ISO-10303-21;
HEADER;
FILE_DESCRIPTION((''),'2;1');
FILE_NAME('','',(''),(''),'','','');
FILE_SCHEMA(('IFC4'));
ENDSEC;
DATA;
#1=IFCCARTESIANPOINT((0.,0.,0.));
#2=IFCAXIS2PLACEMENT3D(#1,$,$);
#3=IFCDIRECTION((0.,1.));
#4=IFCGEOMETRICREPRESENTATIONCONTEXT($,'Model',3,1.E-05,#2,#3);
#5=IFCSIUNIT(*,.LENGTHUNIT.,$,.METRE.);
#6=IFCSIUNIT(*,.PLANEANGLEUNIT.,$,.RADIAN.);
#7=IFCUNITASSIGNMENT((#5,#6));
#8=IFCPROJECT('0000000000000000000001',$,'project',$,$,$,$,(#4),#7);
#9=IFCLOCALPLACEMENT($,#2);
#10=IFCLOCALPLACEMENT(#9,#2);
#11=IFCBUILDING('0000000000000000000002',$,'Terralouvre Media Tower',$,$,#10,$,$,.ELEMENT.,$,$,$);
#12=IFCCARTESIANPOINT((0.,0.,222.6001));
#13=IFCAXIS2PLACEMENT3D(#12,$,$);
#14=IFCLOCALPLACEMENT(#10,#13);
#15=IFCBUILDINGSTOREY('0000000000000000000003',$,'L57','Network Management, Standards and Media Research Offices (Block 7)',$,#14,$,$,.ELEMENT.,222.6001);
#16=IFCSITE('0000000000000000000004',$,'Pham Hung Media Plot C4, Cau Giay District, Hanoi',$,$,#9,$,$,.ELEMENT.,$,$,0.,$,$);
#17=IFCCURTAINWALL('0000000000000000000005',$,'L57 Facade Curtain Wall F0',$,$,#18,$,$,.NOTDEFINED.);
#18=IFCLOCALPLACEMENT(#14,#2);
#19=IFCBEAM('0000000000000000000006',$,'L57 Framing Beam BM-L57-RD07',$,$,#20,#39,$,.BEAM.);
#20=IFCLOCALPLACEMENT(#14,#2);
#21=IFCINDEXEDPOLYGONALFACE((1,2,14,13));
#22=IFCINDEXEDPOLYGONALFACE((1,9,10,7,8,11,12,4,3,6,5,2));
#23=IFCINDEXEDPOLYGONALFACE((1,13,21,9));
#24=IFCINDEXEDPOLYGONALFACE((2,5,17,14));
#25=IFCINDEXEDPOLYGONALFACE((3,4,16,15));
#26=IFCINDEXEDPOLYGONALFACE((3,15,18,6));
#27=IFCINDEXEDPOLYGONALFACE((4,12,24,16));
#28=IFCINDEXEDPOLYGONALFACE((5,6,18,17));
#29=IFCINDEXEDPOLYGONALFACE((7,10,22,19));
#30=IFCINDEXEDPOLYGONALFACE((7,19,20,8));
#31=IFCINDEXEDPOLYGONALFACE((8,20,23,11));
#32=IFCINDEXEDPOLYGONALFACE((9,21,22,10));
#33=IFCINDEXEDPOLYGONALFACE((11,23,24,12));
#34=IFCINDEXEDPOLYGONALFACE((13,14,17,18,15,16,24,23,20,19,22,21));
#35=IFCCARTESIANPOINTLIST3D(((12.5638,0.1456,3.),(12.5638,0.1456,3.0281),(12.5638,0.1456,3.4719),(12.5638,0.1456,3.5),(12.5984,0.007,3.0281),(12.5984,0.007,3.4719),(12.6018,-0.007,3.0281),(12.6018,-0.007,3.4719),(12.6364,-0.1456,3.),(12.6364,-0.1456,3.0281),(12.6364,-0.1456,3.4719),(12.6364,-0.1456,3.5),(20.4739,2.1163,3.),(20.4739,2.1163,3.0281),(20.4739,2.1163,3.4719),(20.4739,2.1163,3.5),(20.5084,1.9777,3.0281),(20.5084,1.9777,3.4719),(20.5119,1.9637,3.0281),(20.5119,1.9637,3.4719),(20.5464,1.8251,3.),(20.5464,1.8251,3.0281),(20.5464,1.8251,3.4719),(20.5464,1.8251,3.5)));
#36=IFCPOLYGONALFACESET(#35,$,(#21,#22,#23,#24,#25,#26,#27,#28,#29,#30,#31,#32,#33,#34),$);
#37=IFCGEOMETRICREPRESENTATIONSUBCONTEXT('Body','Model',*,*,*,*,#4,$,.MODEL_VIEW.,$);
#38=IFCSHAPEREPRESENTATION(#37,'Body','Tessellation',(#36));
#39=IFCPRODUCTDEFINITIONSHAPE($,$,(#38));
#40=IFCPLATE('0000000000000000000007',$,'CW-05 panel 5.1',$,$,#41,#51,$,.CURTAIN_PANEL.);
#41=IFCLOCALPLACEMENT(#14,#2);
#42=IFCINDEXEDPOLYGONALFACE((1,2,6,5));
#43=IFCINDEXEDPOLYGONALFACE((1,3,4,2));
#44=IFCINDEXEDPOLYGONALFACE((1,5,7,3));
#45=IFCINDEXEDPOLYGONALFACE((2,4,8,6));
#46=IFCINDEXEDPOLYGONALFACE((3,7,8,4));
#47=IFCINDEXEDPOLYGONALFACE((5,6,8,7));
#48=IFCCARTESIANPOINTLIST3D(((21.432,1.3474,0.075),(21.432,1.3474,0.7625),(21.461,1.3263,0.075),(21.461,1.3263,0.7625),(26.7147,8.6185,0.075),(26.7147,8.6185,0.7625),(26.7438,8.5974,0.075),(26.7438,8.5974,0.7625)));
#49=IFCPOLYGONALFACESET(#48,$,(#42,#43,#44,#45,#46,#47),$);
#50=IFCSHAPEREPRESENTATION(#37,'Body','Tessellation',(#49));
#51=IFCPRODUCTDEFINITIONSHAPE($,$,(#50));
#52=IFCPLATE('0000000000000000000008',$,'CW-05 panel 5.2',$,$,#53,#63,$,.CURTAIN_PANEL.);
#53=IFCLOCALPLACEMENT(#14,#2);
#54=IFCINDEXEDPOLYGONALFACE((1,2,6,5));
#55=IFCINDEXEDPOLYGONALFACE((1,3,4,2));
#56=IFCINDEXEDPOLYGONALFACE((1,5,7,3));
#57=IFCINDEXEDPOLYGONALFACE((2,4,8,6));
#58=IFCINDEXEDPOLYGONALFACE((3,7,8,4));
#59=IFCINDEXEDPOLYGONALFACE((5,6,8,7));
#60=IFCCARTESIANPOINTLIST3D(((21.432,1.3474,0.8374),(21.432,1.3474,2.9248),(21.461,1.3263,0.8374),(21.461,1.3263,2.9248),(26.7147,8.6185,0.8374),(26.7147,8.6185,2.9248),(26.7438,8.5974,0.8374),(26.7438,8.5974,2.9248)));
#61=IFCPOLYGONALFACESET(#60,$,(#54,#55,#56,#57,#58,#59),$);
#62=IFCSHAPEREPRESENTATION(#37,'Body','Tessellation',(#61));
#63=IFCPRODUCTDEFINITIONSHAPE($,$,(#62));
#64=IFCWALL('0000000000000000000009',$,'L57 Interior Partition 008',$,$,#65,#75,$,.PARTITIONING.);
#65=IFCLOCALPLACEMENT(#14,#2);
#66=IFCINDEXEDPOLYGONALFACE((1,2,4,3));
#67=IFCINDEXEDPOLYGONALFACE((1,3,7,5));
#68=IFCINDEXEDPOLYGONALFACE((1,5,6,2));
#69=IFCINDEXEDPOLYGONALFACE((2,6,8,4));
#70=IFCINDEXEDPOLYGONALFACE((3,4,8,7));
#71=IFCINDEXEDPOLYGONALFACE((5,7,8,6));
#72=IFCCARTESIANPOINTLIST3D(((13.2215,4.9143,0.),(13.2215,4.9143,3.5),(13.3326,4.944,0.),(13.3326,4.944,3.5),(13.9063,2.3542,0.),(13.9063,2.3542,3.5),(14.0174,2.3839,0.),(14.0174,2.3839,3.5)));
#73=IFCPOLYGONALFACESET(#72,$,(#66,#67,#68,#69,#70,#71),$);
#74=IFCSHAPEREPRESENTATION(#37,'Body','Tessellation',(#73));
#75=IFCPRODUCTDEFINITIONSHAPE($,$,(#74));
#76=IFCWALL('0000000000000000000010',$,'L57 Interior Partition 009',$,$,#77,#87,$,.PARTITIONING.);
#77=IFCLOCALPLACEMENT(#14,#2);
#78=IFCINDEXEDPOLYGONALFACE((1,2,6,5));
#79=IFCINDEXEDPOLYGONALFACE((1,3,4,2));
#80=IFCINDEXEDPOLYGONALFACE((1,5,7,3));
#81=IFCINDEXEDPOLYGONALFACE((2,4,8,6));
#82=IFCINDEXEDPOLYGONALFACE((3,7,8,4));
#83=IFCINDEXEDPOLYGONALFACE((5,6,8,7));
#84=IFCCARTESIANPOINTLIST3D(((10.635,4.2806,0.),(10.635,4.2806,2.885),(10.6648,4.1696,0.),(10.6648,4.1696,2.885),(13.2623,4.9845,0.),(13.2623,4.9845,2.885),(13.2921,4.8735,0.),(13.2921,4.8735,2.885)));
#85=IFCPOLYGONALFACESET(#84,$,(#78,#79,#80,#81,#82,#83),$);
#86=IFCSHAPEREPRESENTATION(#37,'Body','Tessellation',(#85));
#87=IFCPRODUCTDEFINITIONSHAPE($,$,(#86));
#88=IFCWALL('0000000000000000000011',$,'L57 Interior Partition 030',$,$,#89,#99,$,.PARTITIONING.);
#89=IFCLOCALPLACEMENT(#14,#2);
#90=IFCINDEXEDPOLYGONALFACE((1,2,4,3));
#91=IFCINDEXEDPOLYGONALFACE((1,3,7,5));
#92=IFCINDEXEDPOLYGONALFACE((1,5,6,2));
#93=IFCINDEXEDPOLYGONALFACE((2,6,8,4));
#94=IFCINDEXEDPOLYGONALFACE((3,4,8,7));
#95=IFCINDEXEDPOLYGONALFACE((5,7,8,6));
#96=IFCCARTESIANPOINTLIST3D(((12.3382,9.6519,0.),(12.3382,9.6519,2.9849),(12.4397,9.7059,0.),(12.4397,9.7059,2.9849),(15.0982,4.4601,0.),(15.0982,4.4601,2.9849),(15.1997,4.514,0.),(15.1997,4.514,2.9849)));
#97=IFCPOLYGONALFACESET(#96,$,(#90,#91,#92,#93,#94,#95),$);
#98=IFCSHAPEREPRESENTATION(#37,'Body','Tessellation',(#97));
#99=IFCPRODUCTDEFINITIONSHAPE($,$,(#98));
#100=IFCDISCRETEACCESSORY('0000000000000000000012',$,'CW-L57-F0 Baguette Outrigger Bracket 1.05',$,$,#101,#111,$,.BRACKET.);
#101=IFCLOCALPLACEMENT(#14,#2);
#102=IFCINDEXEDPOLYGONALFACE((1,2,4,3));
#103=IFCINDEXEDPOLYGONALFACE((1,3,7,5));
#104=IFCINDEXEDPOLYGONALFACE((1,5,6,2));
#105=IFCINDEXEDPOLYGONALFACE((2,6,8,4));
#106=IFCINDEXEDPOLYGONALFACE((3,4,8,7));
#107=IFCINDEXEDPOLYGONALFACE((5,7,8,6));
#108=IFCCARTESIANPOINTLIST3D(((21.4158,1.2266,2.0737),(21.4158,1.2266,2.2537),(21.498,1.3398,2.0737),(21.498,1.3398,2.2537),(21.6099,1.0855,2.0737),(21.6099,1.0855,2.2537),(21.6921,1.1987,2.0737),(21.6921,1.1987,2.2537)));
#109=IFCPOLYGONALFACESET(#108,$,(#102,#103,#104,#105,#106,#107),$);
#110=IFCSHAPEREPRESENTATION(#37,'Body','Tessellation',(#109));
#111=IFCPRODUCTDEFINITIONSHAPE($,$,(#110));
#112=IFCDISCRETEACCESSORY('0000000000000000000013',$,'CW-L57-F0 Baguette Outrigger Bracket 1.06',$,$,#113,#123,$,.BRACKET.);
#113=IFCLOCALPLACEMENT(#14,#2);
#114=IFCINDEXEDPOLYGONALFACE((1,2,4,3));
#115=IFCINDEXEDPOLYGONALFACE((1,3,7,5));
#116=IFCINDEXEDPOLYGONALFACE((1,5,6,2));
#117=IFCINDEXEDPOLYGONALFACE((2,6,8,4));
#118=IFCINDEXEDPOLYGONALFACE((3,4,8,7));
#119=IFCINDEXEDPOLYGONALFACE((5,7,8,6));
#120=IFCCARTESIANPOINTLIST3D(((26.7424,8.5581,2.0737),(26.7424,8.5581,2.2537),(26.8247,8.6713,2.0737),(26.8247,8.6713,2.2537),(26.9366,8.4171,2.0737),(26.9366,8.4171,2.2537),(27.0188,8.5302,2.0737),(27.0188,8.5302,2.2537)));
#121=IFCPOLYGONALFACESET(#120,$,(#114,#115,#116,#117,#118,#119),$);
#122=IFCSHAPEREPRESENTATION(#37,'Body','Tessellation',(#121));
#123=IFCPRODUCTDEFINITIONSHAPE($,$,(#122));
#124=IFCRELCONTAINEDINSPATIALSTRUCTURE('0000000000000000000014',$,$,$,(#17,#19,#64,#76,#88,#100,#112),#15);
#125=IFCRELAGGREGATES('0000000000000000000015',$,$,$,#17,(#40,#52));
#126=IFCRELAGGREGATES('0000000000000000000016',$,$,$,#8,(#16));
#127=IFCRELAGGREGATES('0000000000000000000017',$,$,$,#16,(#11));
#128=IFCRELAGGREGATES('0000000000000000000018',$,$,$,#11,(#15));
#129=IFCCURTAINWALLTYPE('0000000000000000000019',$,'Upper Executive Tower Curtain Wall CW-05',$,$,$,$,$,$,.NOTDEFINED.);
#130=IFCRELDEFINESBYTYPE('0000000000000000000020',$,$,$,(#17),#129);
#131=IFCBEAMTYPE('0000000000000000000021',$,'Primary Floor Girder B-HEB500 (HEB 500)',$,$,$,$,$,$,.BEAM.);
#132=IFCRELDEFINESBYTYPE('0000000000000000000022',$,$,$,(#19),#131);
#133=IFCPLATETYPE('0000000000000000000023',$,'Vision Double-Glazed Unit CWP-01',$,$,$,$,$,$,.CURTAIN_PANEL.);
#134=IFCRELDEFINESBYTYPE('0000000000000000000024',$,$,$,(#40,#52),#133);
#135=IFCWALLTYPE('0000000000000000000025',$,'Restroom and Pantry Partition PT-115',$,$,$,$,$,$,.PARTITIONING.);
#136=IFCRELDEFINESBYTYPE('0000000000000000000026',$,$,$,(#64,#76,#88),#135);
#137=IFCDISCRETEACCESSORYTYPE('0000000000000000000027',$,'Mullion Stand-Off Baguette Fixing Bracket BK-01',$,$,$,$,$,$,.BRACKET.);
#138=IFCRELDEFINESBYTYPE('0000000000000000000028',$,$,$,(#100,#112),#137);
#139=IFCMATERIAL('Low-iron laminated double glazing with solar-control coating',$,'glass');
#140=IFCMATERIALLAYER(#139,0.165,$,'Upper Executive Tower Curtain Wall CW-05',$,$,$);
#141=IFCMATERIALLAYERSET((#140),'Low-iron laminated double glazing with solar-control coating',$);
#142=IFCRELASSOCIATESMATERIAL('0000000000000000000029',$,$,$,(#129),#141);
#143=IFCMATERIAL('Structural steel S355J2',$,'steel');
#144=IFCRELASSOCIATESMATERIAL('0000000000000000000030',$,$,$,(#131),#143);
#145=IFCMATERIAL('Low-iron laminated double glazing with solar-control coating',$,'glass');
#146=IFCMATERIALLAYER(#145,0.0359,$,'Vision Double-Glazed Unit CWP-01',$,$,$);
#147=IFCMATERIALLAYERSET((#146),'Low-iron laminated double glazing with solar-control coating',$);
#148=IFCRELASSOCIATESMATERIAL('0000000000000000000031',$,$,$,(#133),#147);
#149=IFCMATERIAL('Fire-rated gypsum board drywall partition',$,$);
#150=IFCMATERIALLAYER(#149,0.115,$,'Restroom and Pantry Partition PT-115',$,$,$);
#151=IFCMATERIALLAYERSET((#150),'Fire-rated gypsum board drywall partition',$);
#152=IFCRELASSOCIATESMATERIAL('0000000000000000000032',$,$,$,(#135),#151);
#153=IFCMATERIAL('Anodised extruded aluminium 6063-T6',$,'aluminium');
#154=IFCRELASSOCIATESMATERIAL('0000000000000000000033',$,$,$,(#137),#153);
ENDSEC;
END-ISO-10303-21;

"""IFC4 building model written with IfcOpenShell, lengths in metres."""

from ifc_helpers import new_model, si_unit, direction, frame, frame_2d, origin, origin_2d, place, context, subcontext, project, spatial, rectangle, i_section, extrude, material, layer, layer_set, material_profile, profile_set, type_object, element, aggregate, save


model = new_model("IFC4")

# Units and contexts
model_context = context("Model", 3, precision=1e-05, world=origin(), true_north=direction((0.0, 1.0)))
body_context = subcontext(model_context, "Body", "Model", "MODEL_VIEW")
ifc_project = project(units=[si_unit("LENGTHUNIT", "METRE"), si_unit("PLANEANGLEUNIT", "RADIAN")], contexts=[model_context])

# Site, building, storey
site_placement = place(None, origin())
site = spatial("IfcSite", under=ifc_project, at=site_placement, Name="Pham Hung Media Plot C4, Cau Giay District, Hanoi", CompositionType="ELEMENT", RefElevation=0.0)
building_placement = place(site_placement, origin())
building = spatial("IfcBuilding", under=site, at=building_placement, Name="Terralouvre Media Tower", CompositionType="ELEMENT")
storey_placement = place(building_placement, frame((0.0, 0.0, 222.6001)))
storey = spatial("IfcBuildingStorey", under=building, at=storey_placement, Name="L57", Description="Network Management, Standards and Media Research Offices (Block 7)", CompositionType="ELEMENT", Elevation=222.6001)

# Curtain wall
ifc_material_1 = material(Name="Low-iron laminated double glazing with solar-control coating", Category="glass")
ifc_layer_1 = layer(ifc_material_1, 0.165, Name="Upper Executive Tower Curtain Wall CW-05")
ifc_layer_set_1 = layer_set([ifc_layer_1], Name="Low-iron laminated double glazing with solar-control coating")
curtain_wall_type_1 = type_object("IfcCurtainWallType", Name="Upper Executive Tower Curtain Wall CW-05", PredefinedType="NOTDEFINED", material=ifc_layer_set_1)
curtain_wall_1_placement = place(storey_placement, origin())
curtain_wall_1 = element("IfcCurtainWall", 1, at=curtain_wall_1_placement, inside=storey, type_object=curtain_wall_type_1, Name="L57 Facade Curtain Wall F0", PredefinedType="NOTDEFINED")

# Beam
ifc_material_2 = material(Name="Structural steel S355J2", Category="steel")
ifc_material_profile_1 = material_profile(ifc_material_2, i_section(OverallWidth=0.3, OverallDepth=0.5, WebThickness=0.0144, FlangeThickness=0.0281, at=origin_2d()), Name="HEB 500")
ifc_profile_set_1 = profile_set([ifc_material_profile_1], Name="Structural steel S355J2")
beam_type_1 = type_object("IfcBeamType", Name="Primary Floor Girder B-HEB500 (HEB 500)", PredefinedType="BEAM", material=ifc_profile_set_1)
beam_1_placement = place(storey_placement, frame((12.6001, 0.0, 3.25), z_axis=(0.970339, 0.241746, 0.0), x_axis=(-0.241746, 0.970339, 0.0)))
element("IfcBeam", 2, at=beam_1_placement, inside=storey, type_object=beam_type_1, Name="L57 Framing Beam BM-L57-RD07", PredefinedType="BEAM", context=body_context, shape_type="SweptSolid", body=[
    extrude(i_section(OverallWidth=0.3, OverallDepth=0.5, WebThickness=0.0144, FlangeThickness=0.0281, at=origin_2d()), origin(), (0.0, 0.0, 1.0), 8.1519),
])

# Plates
ifc_material_3 = material(Name="Low-iron laminated double glazing with solar-control coating", Category="glass")
ifc_layer_2 = layer(ifc_material_3, 0.0359, Name="Vision Double-Glazed Unit CWP-01")
ifc_layer_set_2 = layer_set([ifc_layer_2], Name="Low-iron laminated double glazing with solar-control coating")
plate_type = type_object("IfcPlateType", Name="Vision Double-Glazed Unit CWP-01", PredefinedType="CURTAIN_PANEL", material=ifc_layer_set_2)
plate_1_placement = place(storey_placement, frame((24.0879, 4.9724, 0.075), z_axis=(0.0, 0.0, 1.0), x_axis=(0.587785, 0.809017, 0.0)))
plate_1 = element("IfcPlate", 3, at=plate_1_placement, type_object=plate_type, Name="CW-05 panel 5.1", PredefinedType="CURTAIN_PANEL", context=body_context, shape_type="SweptSolid", body=[
    extrude(rectangle(XDim=8.9875, YDim=0.0359, at=origin_2d()), origin(), (0.0, 0.0, 1.0), 0.6875),
])
plate_2_placement = place(storey_placement, frame((24.0879, 4.9724, 0.8374), z_axis=(0.0, 0.0, 1.0), x_axis=(0.587785, 0.809017, 0.0)))
plate_2 = element("IfcPlate", 4, at=plate_2_placement, type_object=plate_type, Name="CW-05 panel 5.2", PredefinedType="CURTAIN_PANEL", context=body_context, shape_type="SweptSolid", body=[
    extrude(rectangle(XDim=8.9875, YDim=0.0359, at=origin_2d()), origin(), (0.0, 0.0, 1.0), 2.0874),
])
aggregate(curtain_wall_1, [plate_1, plate_2])

# Walls
ifc_material_4 = material(Name="Fire-rated gypsum board drywall partition")
ifc_layer_3 = layer(ifc_material_4, 0.115, Name="Restroom and Pantry Partition PT-115")
ifc_layer_set_3 = layer_set([ifc_layer_3], Name="Fire-rated gypsum board drywall partition")
wall_type = type_object("IfcWallType", Name="Restroom and Pantry Partition PT-115", PredefinedType="PARTITIONING", material=ifc_layer_set_3)
wall_1_placement = place(storey_placement, frame((13.9619, 2.3689, 0.0), z_axis=(0.0, 0.0, 1.0), x_axis=(-0.258414, 0.966034, 0.0)))
element("IfcWall", 5, at=wall_1_placement, inside=storey, type_object=wall_type, Name="L57 Interior Partition 008", PredefinedType="PARTITIONING", context=body_context, shape_type="SweptSolid", body=[
    extrude(rectangle(XDim=2.6501, YDim=0.115, at=frame_2d((1.3252, 0.0))), origin(), (0.0, 0.0, 1.0), 3.5),
])
wall_2_placement = place(storey_placement, frame((13.2771, 4.929, 0.0), z_axis=(0.0, 0.0, 1.0), x_axis=(-0.965935, -0.258785, 0.0)))
element("IfcWall", 6, at=wall_2_placement, inside=storey, type_object=wall_type, Name="L57 Interior Partition 009", PredefinedType="PARTITIONING", context=body_context, shape_type="SweptSolid", body=[
    extrude(rectangle(XDim=2.72, YDim=0.115, at=frame_2d((1.3599, 0.0))), origin(), (0.0, 0.0, 1.0), 2.885),
])
wall_3_placement = place(storey_placement, frame((15.1489, 4.4871, 0.0), z_axis=(0.0, 0.0, 1.0), x_axis=(-0.469396, 0.882988, 0.0)))
element("IfcWall", 7, at=wall_3_placement, inside=storey, type_object=wall_type, Name="L57 Interior Partition 030", PredefinedType="PARTITIONING", context=body_context, shape_type="SweptSolid", body=[
    extrude(rectangle(XDim=5.8799, YDim=0.115, at=frame_2d((2.9399, 0.0))), origin(), (0.0, 0.0, 1.0), 2.9849),
])

# Discrete accessories
ifc_material_5 = material(Name="Anodised extruded aluminium 6063-T6", Category="aluminium")
discrete_accessory_type = type_object("IfcDiscreteAccessoryType", Name="Mullion Stand-Off Baguette Fixing Bracket BK-01", PredefinedType="BRACKET", material=ifc_material_5)
for number, where, z_axis, x_axis, name in (
    (8, (21.554, 1.2126, 2.0737), (0.0, 0.0, 1.0), (0.587785, 0.809017, 0.0), "CW-L57-F0 Baguette Outrigger Bracket 1.05"),
    (9, (26.8806, 8.5442, 2.0737), (0.0, 0.0, 1.0), (0.587785, 0.809017, 0.0), "CW-L57-F0 Baguette Outrigger Bracket 1.06"),
):
    element("IfcDiscreteAccessory", number, at=place(storey_placement, frame(where, z_axis=z_axis, x_axis=x_axis)), inside=storey, type_object=discrete_accessory_type, Name=name, PredefinedType="BRACKET", context=body_context, shape_type="SweptSolid", body=[
        extrude(rectangle(XDim=0.1399, YDim=0.24, at=origin_2d()), origin(), (0.0, 0.0, 1.0), 0.1799),
    ])

save(model, "model.ifc")
